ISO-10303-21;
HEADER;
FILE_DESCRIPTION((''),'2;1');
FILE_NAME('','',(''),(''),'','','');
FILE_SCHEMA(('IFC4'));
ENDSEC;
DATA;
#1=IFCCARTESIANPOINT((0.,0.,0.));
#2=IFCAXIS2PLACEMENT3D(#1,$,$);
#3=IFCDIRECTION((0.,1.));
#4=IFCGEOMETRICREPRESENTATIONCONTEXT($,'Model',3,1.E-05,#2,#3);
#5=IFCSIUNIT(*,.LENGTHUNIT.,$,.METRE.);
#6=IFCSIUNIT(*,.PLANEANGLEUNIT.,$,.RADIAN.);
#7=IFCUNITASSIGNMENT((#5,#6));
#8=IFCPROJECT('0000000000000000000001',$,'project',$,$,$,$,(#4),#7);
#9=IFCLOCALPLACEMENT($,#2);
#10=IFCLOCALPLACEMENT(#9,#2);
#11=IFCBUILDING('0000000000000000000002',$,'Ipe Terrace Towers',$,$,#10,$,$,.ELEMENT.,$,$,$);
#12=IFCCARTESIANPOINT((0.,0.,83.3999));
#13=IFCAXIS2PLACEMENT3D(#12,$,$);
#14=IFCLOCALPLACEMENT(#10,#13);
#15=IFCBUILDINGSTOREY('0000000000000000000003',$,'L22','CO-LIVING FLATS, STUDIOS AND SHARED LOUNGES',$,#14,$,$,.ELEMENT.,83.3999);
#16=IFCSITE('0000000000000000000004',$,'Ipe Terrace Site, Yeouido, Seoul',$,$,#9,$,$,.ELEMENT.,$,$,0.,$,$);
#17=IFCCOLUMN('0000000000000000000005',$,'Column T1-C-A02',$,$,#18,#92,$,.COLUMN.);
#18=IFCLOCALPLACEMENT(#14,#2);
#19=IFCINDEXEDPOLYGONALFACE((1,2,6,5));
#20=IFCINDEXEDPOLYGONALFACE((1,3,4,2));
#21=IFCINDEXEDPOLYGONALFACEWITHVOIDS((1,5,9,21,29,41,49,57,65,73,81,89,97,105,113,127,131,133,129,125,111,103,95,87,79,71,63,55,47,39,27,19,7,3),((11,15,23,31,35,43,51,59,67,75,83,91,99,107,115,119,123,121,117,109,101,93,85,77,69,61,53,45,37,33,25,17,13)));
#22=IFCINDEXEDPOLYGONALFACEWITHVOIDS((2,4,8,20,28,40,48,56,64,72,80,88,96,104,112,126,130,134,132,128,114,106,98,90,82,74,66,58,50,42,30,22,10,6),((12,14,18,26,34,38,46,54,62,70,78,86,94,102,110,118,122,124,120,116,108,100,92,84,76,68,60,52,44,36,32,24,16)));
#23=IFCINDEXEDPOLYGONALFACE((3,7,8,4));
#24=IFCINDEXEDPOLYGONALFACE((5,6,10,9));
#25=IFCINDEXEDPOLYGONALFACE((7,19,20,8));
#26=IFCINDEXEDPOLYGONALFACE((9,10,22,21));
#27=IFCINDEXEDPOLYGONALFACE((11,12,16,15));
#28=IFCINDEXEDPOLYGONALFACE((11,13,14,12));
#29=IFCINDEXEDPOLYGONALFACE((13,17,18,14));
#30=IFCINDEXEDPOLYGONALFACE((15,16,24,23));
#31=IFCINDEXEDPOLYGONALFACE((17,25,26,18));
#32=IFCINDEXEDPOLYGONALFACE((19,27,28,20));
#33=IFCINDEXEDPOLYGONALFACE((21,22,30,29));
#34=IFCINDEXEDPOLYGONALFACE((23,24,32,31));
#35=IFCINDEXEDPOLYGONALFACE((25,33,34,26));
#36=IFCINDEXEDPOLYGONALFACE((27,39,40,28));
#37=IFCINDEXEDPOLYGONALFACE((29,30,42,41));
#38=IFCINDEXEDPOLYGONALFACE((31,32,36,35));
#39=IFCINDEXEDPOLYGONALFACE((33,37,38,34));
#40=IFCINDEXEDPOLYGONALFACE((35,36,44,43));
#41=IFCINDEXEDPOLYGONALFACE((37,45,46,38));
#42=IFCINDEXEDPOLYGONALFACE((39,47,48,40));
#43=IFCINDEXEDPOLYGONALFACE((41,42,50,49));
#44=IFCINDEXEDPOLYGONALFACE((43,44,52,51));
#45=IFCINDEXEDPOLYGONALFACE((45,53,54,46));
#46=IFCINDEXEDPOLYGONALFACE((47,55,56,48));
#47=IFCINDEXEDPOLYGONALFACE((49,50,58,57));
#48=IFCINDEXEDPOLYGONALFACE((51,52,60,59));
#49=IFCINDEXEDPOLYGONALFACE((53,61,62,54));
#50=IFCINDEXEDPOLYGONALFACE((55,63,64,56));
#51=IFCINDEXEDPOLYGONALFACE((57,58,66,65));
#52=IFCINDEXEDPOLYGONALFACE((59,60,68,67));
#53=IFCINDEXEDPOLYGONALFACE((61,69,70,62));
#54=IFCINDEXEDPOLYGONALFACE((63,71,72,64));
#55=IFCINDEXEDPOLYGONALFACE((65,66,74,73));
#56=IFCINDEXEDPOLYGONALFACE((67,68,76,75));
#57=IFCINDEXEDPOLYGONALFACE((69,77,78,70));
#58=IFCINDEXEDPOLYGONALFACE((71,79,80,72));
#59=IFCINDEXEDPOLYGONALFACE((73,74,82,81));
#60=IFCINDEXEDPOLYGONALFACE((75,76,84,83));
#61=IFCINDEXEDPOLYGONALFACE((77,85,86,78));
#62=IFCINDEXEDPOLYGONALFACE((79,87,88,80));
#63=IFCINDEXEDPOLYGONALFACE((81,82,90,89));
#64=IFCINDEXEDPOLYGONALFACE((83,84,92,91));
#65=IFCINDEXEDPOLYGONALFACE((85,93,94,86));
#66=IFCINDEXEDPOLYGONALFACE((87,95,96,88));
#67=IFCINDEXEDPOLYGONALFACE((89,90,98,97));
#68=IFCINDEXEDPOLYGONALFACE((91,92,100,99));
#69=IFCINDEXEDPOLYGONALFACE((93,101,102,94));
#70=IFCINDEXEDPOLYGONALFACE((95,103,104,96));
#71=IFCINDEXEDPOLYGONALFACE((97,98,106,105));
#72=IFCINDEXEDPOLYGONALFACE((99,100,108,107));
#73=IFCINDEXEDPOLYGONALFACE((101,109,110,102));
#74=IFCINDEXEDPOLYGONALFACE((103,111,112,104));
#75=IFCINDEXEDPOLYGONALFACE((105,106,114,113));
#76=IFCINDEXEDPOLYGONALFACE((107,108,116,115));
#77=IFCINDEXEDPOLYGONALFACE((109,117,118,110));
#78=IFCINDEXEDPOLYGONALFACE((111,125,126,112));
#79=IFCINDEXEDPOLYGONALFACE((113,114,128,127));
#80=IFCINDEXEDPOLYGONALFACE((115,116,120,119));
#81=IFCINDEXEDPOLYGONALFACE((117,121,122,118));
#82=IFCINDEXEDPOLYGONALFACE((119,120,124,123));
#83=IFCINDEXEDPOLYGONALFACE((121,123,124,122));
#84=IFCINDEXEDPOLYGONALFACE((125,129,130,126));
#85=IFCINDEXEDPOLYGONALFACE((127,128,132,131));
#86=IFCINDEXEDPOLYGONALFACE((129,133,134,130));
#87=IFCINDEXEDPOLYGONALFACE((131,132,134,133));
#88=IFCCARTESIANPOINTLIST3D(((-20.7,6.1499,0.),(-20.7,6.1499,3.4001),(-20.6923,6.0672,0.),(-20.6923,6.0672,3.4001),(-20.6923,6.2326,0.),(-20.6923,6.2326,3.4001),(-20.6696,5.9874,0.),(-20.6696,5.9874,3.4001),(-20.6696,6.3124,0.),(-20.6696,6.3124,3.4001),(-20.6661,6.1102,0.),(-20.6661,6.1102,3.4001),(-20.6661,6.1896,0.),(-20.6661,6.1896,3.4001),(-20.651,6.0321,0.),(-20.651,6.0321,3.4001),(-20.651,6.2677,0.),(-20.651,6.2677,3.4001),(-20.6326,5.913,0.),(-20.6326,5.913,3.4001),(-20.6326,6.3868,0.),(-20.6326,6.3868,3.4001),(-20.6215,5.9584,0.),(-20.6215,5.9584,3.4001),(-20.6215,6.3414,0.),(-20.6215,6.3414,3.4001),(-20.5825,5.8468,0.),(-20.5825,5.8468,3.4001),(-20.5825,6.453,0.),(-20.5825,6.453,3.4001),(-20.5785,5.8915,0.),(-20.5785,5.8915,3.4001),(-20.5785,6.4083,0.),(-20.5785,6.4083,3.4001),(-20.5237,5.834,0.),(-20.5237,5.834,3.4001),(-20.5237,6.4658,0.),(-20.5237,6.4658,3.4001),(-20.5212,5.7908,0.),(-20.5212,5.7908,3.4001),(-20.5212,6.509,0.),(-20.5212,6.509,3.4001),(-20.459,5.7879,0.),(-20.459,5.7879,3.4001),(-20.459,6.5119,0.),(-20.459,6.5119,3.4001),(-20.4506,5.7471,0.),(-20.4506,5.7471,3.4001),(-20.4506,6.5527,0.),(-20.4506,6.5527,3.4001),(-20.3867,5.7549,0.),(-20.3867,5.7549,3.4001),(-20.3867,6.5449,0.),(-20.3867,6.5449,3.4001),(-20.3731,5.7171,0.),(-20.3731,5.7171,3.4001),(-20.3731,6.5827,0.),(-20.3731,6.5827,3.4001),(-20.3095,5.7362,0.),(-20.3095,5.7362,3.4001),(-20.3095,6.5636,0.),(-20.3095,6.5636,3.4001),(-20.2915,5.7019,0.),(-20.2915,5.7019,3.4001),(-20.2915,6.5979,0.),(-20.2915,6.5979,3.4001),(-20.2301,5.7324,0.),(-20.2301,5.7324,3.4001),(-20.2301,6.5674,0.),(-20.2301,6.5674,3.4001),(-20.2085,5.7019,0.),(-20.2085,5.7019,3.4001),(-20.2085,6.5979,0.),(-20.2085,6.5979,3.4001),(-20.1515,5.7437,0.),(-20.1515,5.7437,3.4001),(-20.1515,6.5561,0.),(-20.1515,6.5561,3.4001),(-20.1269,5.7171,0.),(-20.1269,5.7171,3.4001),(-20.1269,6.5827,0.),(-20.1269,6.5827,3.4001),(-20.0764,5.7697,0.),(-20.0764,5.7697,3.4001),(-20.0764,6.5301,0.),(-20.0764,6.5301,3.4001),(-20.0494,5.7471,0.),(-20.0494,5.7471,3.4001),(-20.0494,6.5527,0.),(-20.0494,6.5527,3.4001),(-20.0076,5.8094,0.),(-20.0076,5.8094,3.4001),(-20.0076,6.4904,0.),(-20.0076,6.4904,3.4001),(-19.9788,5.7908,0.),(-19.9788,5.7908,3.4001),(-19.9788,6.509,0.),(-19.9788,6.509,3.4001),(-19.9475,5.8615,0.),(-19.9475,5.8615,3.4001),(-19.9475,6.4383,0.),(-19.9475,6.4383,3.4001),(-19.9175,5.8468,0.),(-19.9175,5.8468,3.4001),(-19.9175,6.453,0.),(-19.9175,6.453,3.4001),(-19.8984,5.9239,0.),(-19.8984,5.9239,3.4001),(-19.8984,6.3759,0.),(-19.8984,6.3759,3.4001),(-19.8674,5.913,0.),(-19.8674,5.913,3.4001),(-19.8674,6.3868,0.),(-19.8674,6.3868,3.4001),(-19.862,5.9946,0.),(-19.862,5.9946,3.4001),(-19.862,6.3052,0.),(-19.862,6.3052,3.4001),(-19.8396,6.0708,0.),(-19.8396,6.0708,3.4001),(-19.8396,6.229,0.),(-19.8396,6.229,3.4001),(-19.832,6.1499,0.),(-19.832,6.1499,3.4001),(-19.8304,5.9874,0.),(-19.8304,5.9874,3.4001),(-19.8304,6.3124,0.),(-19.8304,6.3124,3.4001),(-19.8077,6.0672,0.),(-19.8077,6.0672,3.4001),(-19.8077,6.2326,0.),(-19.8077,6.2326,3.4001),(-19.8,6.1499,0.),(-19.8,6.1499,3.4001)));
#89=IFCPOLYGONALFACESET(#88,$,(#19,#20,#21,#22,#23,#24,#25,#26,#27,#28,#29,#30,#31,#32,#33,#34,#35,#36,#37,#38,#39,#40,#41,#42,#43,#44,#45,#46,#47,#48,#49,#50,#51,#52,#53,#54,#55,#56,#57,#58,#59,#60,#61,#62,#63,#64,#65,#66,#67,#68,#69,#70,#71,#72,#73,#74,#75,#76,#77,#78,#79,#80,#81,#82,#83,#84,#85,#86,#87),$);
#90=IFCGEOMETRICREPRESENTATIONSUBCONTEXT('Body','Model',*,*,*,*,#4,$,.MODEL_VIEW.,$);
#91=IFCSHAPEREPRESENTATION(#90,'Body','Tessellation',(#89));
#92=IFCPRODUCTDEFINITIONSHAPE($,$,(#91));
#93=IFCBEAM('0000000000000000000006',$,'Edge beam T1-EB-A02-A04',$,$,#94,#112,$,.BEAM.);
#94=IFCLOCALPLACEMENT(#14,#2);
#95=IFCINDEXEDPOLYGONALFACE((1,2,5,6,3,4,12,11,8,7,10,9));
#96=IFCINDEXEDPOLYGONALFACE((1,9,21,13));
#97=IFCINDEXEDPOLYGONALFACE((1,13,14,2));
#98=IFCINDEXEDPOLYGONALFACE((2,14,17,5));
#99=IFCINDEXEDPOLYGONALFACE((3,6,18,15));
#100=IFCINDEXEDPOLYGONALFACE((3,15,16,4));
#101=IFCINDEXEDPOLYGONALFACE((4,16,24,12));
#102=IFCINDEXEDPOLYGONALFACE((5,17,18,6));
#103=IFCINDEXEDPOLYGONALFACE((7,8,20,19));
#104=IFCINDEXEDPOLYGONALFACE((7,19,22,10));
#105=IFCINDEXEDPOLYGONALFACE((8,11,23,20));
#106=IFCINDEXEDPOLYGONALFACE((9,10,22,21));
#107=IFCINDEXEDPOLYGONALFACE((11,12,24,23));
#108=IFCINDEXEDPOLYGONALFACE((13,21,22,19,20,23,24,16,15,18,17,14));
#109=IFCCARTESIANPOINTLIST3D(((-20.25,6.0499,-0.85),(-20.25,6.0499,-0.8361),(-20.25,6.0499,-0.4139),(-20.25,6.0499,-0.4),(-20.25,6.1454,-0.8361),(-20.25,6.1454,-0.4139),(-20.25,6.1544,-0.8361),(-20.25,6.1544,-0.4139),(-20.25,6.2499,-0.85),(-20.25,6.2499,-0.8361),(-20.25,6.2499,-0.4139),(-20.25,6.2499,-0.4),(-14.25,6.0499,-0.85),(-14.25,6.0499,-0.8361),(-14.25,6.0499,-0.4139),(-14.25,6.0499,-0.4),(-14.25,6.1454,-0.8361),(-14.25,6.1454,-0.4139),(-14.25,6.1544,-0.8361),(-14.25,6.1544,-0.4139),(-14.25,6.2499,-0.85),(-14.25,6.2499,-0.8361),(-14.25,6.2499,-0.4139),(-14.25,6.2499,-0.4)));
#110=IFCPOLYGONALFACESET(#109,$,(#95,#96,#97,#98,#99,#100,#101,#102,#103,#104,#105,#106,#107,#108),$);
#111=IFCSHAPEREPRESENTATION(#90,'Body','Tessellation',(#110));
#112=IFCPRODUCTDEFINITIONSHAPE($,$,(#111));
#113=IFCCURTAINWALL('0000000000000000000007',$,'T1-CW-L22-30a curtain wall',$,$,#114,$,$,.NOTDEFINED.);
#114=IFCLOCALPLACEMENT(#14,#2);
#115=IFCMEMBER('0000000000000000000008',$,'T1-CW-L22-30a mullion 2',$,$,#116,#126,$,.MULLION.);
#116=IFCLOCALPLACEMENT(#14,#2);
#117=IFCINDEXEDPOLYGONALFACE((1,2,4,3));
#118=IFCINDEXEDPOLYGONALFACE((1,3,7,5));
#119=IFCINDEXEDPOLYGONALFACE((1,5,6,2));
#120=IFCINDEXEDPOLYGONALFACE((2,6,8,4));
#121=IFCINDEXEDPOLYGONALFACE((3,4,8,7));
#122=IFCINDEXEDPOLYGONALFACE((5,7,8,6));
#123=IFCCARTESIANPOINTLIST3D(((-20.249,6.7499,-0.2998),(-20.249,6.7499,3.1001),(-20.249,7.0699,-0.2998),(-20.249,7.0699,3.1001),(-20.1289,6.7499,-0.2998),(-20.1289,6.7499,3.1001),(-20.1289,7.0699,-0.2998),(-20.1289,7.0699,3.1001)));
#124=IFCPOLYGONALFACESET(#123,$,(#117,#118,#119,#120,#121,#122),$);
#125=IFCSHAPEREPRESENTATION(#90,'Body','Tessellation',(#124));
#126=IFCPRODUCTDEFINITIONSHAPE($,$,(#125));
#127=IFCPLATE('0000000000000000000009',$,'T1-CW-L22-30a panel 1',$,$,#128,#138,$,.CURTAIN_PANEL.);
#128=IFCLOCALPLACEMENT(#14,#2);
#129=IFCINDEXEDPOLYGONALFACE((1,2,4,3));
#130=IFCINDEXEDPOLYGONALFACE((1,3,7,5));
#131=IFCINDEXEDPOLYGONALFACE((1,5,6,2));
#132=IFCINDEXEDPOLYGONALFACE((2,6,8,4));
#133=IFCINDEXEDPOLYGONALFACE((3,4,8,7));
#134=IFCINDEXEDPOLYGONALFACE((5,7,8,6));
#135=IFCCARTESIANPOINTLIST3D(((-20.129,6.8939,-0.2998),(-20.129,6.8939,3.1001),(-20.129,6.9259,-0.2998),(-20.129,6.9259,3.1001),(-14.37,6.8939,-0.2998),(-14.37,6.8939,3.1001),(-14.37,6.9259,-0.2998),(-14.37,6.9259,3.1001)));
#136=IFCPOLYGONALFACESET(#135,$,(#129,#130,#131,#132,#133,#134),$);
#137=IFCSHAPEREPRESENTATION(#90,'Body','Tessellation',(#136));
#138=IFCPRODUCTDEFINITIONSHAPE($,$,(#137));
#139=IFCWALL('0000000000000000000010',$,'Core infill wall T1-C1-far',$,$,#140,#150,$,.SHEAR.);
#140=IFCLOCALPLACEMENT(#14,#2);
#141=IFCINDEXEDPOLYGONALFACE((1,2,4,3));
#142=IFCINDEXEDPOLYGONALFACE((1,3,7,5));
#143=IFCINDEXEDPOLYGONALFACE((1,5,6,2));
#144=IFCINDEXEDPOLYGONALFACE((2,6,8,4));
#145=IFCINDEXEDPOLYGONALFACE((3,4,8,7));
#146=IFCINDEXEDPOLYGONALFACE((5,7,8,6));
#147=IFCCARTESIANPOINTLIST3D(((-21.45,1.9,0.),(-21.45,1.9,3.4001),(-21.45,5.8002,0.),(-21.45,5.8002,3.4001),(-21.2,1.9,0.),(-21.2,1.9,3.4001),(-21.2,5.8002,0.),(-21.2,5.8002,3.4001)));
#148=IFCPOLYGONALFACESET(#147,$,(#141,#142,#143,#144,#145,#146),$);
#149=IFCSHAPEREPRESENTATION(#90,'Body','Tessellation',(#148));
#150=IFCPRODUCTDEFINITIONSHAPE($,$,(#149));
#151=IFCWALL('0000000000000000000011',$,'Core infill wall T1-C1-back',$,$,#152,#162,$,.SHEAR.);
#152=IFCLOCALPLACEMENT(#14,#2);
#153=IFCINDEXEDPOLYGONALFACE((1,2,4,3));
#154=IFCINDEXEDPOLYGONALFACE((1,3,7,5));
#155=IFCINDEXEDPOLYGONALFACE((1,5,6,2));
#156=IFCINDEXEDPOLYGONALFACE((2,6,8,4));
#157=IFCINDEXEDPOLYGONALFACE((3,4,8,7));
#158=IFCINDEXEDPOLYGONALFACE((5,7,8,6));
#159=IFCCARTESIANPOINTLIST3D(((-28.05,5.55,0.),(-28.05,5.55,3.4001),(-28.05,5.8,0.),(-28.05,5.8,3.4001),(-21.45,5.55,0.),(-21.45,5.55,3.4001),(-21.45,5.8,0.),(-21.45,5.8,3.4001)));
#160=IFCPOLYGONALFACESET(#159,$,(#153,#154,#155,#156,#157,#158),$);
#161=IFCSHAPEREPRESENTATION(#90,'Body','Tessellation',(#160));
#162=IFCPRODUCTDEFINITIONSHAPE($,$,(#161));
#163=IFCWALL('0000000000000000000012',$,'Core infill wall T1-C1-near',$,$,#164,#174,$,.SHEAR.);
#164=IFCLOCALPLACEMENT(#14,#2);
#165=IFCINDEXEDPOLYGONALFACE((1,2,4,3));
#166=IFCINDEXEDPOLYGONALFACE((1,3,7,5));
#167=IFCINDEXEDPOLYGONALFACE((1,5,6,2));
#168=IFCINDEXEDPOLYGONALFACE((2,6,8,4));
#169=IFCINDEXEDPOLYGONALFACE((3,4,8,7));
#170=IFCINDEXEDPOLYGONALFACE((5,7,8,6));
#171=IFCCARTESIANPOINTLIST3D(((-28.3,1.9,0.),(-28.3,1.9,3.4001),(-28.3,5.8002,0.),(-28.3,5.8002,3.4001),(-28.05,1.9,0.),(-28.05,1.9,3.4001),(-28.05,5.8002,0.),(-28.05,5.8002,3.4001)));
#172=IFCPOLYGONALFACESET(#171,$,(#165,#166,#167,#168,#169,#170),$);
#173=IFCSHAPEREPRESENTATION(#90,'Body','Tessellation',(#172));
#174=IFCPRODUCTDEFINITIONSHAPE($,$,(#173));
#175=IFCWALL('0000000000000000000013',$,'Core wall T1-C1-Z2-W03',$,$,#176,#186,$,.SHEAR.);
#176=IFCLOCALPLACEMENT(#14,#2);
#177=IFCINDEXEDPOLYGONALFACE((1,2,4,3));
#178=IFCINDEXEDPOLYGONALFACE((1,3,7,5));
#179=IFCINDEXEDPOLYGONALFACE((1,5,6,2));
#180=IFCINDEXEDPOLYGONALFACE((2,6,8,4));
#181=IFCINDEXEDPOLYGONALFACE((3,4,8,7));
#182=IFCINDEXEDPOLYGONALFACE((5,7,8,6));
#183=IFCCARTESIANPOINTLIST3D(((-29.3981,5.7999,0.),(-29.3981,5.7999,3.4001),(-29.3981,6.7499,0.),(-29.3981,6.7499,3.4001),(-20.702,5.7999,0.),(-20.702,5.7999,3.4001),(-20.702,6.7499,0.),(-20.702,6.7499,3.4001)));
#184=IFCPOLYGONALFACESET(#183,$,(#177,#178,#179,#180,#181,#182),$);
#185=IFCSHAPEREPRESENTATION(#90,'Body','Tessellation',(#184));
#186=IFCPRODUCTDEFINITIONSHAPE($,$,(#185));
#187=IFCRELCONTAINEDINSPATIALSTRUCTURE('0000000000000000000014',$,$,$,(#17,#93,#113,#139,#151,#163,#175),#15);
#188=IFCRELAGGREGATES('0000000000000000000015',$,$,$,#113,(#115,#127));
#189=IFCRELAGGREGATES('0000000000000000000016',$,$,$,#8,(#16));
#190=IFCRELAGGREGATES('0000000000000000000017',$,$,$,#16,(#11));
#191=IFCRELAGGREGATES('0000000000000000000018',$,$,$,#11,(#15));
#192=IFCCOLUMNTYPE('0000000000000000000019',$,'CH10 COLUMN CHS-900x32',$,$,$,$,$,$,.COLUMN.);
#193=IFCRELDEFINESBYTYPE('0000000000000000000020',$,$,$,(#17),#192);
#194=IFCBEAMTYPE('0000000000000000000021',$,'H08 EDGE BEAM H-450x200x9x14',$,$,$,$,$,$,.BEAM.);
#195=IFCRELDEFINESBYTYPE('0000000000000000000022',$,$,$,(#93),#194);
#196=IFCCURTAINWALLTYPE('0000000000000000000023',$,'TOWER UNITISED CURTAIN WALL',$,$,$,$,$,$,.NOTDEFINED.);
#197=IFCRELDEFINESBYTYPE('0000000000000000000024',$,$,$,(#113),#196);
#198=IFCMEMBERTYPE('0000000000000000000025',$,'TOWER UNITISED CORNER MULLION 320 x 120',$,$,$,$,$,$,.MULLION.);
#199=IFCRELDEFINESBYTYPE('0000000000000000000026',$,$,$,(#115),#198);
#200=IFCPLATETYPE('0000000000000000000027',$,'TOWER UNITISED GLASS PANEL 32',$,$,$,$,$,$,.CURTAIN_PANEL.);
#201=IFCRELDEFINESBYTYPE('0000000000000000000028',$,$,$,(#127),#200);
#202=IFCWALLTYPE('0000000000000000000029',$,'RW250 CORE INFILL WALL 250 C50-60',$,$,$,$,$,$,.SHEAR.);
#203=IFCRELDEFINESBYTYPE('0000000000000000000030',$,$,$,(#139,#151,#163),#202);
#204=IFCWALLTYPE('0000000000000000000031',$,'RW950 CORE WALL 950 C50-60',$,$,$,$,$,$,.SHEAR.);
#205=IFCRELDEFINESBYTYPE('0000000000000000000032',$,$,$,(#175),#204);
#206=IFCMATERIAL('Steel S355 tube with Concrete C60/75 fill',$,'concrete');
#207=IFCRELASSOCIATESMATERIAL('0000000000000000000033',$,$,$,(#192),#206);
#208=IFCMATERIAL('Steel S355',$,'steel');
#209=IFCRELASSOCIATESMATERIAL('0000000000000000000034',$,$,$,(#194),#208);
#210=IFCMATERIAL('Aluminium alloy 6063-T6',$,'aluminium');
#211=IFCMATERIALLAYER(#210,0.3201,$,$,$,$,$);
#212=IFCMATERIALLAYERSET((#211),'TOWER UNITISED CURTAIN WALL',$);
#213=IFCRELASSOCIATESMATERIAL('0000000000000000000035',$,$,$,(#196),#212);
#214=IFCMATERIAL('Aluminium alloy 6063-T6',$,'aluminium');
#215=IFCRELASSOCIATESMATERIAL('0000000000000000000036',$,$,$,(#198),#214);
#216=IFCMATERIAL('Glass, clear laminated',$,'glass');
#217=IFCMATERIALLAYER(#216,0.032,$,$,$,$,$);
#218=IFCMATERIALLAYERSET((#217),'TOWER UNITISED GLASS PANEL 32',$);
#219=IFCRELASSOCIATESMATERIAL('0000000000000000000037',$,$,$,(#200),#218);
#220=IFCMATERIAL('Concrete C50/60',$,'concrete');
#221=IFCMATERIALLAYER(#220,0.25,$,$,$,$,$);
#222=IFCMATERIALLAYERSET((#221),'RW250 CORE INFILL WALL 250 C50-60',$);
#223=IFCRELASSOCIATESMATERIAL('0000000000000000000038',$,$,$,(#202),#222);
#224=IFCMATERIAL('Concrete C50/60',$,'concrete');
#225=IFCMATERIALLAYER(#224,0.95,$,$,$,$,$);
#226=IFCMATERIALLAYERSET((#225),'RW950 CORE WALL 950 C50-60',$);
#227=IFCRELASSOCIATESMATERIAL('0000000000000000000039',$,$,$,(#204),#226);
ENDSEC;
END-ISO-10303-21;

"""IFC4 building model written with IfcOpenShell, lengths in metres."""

from ifc_helpers import new_model, si_unit, direction, frame, frame_2d, origin, origin_2d, place, context, subcontext, project, spatial, rectangle, hollow_circle, i_section, extrude, material, layer, layer_set, material_profile, profile_set, type_object, element, aggregate, save


model = new_model("IFC4")

# Units and contexts
model_context = context("Model", 3, precision=1e-05, world=origin(), true_north=direction((0.0, 1.0)))
body_context = subcontext(model_context, "Body", "Model", "MODEL_VIEW")
ifc_project = project(units=[si_unit("LENGTHUNIT", "METRE"), si_unit("PLANEANGLEUNIT", "RADIAN")], contexts=[model_context])

# Site, building, storey
site_placement = place(None, origin())
site = spatial("IfcSite", under=ifc_project, at=site_placement, Name="Ipe Terrace Site, Yeouido, Seoul", CompositionType="ELEMENT", RefElevation=0.0)
building_placement = place(site_placement, origin())
building = spatial("IfcBuilding", under=site, at=building_placement, Name="Ipe Terrace Towers", CompositionType="ELEMENT")
storey_placement = place(building_placement, frame((0.0, 0.0, 83.3999)))
storey = spatial("IfcBuildingStorey", under=building, at=storey_placement, Name="L22", Description="CO-LIVING FLATS, STUDIOS AND SHARED LOUNGES", CompositionType="ELEMENT", Elevation=83.3999)

# Column
ifc_material_1 = material(Name="Steel S355 tube with Concrete C60/75 fill", Category="concrete")
ifc_material_profile_1 = material_profile(ifc_material_1, hollow_circle(Radius=0.45, WallThickness=0.032, at=origin_2d()), Name="CHS-900x32")
ifc_profile_set_1 = profile_set([ifc_material_profile_1], Name="Steel S355 tube with Concrete C60/75 fill")
column_type = type_object("IfcColumnType", Name="CH10 COLUMN CHS-900x32", PredefinedType="COLUMN", material=ifc_profile_set_1)
column_placement = place(storey_placement, frame((-20.25, 6.1499, 0.0), z_axis=(0.0, 0.0, 1.0), x_axis=(1.0, 0.0, 0.0)))
element("IfcColumn", 1, at=column_placement, inside=storey, type_object=column_type, Name="Column T1-C-A02", PredefinedType="COLUMN", context=body_context, shape_type="SweptSolid", body=[
    extrude(hollow_circle(Radius=0.45, WallThickness=0.032, at=origin_2d()), origin(), (0.0, 0.0, 1.0), 3.4001),
])

# Beam
ifc_material_2 = material(Name="Steel S355", Category="steel")
ifc_material_profile_2 = material_profile(ifc_material_2, i_section(OverallWidth=0.2, OverallDepth=0.45, WebThickness=0.009, FlangeThickness=0.0139, at=origin_2d()), Name="H-450x200x9x14")
ifc_profile_set_2 = profile_set([ifc_material_profile_2], Name="Steel S355")
beam_type = type_object("IfcBeamType", Name="H08 EDGE BEAM H-450x200x9x14", PredefinedType="BEAM", material=ifc_profile_set_2)
beam_placement = place(storey_placement, frame((-20.25, 6.1499, -0.625), z_axis=(1.0, 0.0, 0.0), x_axis=(0.0, 1.0, 0.0)))
element("IfcBeam", 2, at=beam_placement, inside=storey, type_object=beam_type, Name="Edge beam T1-EB-A02-A04", PredefinedType="BEAM", context=body_context, shape_type="SweptSolid", body=[
    extrude(i_section(OverallWidth=0.2, OverallDepth=0.45, WebThickness=0.009, FlangeThickness=0.0139, at=origin_2d()), origin(), (0.0, 0.0, 1.0), 6.0),
])

# Curtain wall, member, plate
ifc_material_3 = material(Name="Aluminium alloy 6063-T6", Category="aluminium")
ifc_layer_1 = layer(ifc_material_3, 0.3201)
ifc_layer_set_1 = layer_set([ifc_layer_1], Name="TOWER UNITISED CURTAIN WALL")
curtain_wall_type = type_object("IfcCurtainWallType", Name="TOWER UNITISED CURTAIN WALL", PredefinedType="NOTDEFINED", material=ifc_layer_set_1)
curtain_wall_placement = place(storey_placement, origin())
curtain_wall = element("IfcCurtainWall", 3, at=curtain_wall_placement, inside=storey, type_object=curtain_wall_type, Name="T1-CW-L22-30a curtain wall", PredefinedType="NOTDEFINED")
ifc_material_4 = material(Name="Aluminium alloy 6063-T6", Category="aluminium")
ifc_material_profile_3 = material_profile(ifc_material_4, rectangle(XDim=0.3201, YDim=0.1201, at=origin_2d()), Name="TOWER UNITISED CORNER MULLION 320 x 120")
ifc_profile_set_3 = profile_set([ifc_material_profile_3], Name="Aluminium alloy 6063-T6")
member_type = type_object("IfcMemberType", Name="TOWER UNITISED CORNER MULLION 320 x 120", PredefinedType="MULLION", material=ifc_profile_set_3)
member_placement = place(storey_placement, frame((-20.189, 6.9099, -0.2998), z_axis=(0.0, 0.0, 1.0), x_axis=(0.0, 1.0, 0.0)))
member = element("IfcMember", 4, at=member_placement, type_object=member_type, Name="T1-CW-L22-30a mullion 2", PredefinedType="MULLION", context=body_context, shape_type="SweptSolid", body=[
    extrude(rectangle(XDim=0.3201, YDim=0.1201, at=origin_2d()), origin(), (0.0, 0.0, 1.0), 3.3999),
])
ifc_material_5 = material(Name="Glass, clear laminated", Category="glass")
ifc_layer_2 = layer(ifc_material_5, 0.032)
ifc_layer_set_2 = layer_set([ifc_layer_2], Name="TOWER UNITISED GLASS PANEL 32")
plate_type = type_object("IfcPlateType", Name="TOWER UNITISED GLASS PANEL 32", PredefinedType="CURTAIN_PANEL", material=ifc_layer_set_2)
plate_placement = place(storey_placement, frame((-17.2495, 6.9099, -0.2998), z_axis=(0.0, 0.0, 1.0), x_axis=(-1.0, 0.0, 0.0)))
plate = element("IfcPlate", 5, at=plate_placement, type_object=plate_type, Name="T1-CW-L22-30a panel 1", PredefinedType="CURTAIN_PANEL", context=body_context, shape_type="SweptSolid", body=[
    extrude(rectangle(XDim=5.759, YDim=0.032, at=origin_2d()), origin(), (0.0, 0.0, 1.0), 3.3999),
])
aggregate(curtain_wall, [member, plate])

# Walls
ifc_material_6 = material(Name="Concrete C50/60", Category="concrete")
ifc_layer_3 = layer(ifc_material_6, 0.25)
ifc_layer_set_3 = layer_set([ifc_layer_3], Name="RW250 CORE INFILL WALL 250 C50-60")
wall_type_1 = type_object("IfcWallType", Name="RW250 CORE INFILL WALL 250 C50-60", PredefinedType="SHEAR", material=ifc_layer_set_3)
wall_1_placement = place(storey_placement, frame((-21.325, 1.8999, 0.0), z_axis=(0.0, 0.0, 1.0), x_axis=(0.0, 1.0, 0.0)))
element("IfcWall", 6, at=wall_1_placement, inside=storey, type_object=wall_type_1, Name="Core infill wall T1-C1-far", PredefinedType="SHEAR", context=body_context, shape_type="SweptSolid", body=[
    extrude(rectangle(XDim=3.9001, YDim=0.25, at=frame_2d((1.9502, 0.0))), origin(), (0.0, 0.0, 1.0), 3.4001),
])
wall_2_placement = place(storey_placement, frame((-28.05, 5.675, 0.0), z_axis=(0.0, 0.0, 1.0), x_axis=(1.0, 0.0, 0.0)))
element("IfcWall", 7, at=wall_2_placement, inside=storey, type_object=wall_type_1, Name="Core infill wall T1-C1-back", PredefinedType="SHEAR", context=body_context, shape_type="SweptSolid", body=[
    extrude(rectangle(XDim=6.6001, YDim=0.25, at=frame_2d((3.3, 0.0))), origin(), (0.0, 0.0, 1.0), 3.4001),
])
wall_3_placement = place(storey_placement, frame((-28.175, 1.8999, 0.0), z_axis=(0.0, 0.0, 1.0), x_axis=(0.0, 1.0, 0.0)))
element("IfcWall", 8, at=wall_3_placement, inside=storey, type_object=wall_type_1, Name="Core infill wall T1-C1-near", PredefinedType="SHEAR", context=body_context, shape_type="SweptSolid", body=[
    extrude(rectangle(XDim=3.9001, YDim=0.25, at=frame_2d((1.9502, 0.0))), origin(), (0.0, 0.0, 1.0), 3.4001),
])
ifc_material_7 = material(Name="Concrete C50/60", Category="concrete")
ifc_layer_4 = layer(ifc_material_7, 0.95)
ifc_layer_set_4 = layer_set([ifc_layer_4], Name="RW950 CORE WALL 950 C50-60")
wall_type_2 = type_object("IfcWallType", Name="RW950 CORE WALL 950 C50-60", PredefinedType="SHEAR", material=ifc_layer_set_4)
wall_4_placement = place(storey_placement, frame((-20.7019, 6.2749, 0.0), z_axis=(0.0, 0.0, 1.0), x_axis=(-1.0, 0.0, 0.0)))
element("IfcWall", 9, at=wall_4_placement, inside=storey, type_object=wall_type_2, Name="Core wall T1-C1-Z2-W03", PredefinedType="SHEAR", context=body_context, shape_type="SweptSolid", body=[
    extrude(rectangle(XDim=8.696, YDim=0.95, at=frame_2d((4.3481, 0.0))), origin(), (0.0, 0.0, 1.0), 3.4001),
])

save(model, "model.ifc")
